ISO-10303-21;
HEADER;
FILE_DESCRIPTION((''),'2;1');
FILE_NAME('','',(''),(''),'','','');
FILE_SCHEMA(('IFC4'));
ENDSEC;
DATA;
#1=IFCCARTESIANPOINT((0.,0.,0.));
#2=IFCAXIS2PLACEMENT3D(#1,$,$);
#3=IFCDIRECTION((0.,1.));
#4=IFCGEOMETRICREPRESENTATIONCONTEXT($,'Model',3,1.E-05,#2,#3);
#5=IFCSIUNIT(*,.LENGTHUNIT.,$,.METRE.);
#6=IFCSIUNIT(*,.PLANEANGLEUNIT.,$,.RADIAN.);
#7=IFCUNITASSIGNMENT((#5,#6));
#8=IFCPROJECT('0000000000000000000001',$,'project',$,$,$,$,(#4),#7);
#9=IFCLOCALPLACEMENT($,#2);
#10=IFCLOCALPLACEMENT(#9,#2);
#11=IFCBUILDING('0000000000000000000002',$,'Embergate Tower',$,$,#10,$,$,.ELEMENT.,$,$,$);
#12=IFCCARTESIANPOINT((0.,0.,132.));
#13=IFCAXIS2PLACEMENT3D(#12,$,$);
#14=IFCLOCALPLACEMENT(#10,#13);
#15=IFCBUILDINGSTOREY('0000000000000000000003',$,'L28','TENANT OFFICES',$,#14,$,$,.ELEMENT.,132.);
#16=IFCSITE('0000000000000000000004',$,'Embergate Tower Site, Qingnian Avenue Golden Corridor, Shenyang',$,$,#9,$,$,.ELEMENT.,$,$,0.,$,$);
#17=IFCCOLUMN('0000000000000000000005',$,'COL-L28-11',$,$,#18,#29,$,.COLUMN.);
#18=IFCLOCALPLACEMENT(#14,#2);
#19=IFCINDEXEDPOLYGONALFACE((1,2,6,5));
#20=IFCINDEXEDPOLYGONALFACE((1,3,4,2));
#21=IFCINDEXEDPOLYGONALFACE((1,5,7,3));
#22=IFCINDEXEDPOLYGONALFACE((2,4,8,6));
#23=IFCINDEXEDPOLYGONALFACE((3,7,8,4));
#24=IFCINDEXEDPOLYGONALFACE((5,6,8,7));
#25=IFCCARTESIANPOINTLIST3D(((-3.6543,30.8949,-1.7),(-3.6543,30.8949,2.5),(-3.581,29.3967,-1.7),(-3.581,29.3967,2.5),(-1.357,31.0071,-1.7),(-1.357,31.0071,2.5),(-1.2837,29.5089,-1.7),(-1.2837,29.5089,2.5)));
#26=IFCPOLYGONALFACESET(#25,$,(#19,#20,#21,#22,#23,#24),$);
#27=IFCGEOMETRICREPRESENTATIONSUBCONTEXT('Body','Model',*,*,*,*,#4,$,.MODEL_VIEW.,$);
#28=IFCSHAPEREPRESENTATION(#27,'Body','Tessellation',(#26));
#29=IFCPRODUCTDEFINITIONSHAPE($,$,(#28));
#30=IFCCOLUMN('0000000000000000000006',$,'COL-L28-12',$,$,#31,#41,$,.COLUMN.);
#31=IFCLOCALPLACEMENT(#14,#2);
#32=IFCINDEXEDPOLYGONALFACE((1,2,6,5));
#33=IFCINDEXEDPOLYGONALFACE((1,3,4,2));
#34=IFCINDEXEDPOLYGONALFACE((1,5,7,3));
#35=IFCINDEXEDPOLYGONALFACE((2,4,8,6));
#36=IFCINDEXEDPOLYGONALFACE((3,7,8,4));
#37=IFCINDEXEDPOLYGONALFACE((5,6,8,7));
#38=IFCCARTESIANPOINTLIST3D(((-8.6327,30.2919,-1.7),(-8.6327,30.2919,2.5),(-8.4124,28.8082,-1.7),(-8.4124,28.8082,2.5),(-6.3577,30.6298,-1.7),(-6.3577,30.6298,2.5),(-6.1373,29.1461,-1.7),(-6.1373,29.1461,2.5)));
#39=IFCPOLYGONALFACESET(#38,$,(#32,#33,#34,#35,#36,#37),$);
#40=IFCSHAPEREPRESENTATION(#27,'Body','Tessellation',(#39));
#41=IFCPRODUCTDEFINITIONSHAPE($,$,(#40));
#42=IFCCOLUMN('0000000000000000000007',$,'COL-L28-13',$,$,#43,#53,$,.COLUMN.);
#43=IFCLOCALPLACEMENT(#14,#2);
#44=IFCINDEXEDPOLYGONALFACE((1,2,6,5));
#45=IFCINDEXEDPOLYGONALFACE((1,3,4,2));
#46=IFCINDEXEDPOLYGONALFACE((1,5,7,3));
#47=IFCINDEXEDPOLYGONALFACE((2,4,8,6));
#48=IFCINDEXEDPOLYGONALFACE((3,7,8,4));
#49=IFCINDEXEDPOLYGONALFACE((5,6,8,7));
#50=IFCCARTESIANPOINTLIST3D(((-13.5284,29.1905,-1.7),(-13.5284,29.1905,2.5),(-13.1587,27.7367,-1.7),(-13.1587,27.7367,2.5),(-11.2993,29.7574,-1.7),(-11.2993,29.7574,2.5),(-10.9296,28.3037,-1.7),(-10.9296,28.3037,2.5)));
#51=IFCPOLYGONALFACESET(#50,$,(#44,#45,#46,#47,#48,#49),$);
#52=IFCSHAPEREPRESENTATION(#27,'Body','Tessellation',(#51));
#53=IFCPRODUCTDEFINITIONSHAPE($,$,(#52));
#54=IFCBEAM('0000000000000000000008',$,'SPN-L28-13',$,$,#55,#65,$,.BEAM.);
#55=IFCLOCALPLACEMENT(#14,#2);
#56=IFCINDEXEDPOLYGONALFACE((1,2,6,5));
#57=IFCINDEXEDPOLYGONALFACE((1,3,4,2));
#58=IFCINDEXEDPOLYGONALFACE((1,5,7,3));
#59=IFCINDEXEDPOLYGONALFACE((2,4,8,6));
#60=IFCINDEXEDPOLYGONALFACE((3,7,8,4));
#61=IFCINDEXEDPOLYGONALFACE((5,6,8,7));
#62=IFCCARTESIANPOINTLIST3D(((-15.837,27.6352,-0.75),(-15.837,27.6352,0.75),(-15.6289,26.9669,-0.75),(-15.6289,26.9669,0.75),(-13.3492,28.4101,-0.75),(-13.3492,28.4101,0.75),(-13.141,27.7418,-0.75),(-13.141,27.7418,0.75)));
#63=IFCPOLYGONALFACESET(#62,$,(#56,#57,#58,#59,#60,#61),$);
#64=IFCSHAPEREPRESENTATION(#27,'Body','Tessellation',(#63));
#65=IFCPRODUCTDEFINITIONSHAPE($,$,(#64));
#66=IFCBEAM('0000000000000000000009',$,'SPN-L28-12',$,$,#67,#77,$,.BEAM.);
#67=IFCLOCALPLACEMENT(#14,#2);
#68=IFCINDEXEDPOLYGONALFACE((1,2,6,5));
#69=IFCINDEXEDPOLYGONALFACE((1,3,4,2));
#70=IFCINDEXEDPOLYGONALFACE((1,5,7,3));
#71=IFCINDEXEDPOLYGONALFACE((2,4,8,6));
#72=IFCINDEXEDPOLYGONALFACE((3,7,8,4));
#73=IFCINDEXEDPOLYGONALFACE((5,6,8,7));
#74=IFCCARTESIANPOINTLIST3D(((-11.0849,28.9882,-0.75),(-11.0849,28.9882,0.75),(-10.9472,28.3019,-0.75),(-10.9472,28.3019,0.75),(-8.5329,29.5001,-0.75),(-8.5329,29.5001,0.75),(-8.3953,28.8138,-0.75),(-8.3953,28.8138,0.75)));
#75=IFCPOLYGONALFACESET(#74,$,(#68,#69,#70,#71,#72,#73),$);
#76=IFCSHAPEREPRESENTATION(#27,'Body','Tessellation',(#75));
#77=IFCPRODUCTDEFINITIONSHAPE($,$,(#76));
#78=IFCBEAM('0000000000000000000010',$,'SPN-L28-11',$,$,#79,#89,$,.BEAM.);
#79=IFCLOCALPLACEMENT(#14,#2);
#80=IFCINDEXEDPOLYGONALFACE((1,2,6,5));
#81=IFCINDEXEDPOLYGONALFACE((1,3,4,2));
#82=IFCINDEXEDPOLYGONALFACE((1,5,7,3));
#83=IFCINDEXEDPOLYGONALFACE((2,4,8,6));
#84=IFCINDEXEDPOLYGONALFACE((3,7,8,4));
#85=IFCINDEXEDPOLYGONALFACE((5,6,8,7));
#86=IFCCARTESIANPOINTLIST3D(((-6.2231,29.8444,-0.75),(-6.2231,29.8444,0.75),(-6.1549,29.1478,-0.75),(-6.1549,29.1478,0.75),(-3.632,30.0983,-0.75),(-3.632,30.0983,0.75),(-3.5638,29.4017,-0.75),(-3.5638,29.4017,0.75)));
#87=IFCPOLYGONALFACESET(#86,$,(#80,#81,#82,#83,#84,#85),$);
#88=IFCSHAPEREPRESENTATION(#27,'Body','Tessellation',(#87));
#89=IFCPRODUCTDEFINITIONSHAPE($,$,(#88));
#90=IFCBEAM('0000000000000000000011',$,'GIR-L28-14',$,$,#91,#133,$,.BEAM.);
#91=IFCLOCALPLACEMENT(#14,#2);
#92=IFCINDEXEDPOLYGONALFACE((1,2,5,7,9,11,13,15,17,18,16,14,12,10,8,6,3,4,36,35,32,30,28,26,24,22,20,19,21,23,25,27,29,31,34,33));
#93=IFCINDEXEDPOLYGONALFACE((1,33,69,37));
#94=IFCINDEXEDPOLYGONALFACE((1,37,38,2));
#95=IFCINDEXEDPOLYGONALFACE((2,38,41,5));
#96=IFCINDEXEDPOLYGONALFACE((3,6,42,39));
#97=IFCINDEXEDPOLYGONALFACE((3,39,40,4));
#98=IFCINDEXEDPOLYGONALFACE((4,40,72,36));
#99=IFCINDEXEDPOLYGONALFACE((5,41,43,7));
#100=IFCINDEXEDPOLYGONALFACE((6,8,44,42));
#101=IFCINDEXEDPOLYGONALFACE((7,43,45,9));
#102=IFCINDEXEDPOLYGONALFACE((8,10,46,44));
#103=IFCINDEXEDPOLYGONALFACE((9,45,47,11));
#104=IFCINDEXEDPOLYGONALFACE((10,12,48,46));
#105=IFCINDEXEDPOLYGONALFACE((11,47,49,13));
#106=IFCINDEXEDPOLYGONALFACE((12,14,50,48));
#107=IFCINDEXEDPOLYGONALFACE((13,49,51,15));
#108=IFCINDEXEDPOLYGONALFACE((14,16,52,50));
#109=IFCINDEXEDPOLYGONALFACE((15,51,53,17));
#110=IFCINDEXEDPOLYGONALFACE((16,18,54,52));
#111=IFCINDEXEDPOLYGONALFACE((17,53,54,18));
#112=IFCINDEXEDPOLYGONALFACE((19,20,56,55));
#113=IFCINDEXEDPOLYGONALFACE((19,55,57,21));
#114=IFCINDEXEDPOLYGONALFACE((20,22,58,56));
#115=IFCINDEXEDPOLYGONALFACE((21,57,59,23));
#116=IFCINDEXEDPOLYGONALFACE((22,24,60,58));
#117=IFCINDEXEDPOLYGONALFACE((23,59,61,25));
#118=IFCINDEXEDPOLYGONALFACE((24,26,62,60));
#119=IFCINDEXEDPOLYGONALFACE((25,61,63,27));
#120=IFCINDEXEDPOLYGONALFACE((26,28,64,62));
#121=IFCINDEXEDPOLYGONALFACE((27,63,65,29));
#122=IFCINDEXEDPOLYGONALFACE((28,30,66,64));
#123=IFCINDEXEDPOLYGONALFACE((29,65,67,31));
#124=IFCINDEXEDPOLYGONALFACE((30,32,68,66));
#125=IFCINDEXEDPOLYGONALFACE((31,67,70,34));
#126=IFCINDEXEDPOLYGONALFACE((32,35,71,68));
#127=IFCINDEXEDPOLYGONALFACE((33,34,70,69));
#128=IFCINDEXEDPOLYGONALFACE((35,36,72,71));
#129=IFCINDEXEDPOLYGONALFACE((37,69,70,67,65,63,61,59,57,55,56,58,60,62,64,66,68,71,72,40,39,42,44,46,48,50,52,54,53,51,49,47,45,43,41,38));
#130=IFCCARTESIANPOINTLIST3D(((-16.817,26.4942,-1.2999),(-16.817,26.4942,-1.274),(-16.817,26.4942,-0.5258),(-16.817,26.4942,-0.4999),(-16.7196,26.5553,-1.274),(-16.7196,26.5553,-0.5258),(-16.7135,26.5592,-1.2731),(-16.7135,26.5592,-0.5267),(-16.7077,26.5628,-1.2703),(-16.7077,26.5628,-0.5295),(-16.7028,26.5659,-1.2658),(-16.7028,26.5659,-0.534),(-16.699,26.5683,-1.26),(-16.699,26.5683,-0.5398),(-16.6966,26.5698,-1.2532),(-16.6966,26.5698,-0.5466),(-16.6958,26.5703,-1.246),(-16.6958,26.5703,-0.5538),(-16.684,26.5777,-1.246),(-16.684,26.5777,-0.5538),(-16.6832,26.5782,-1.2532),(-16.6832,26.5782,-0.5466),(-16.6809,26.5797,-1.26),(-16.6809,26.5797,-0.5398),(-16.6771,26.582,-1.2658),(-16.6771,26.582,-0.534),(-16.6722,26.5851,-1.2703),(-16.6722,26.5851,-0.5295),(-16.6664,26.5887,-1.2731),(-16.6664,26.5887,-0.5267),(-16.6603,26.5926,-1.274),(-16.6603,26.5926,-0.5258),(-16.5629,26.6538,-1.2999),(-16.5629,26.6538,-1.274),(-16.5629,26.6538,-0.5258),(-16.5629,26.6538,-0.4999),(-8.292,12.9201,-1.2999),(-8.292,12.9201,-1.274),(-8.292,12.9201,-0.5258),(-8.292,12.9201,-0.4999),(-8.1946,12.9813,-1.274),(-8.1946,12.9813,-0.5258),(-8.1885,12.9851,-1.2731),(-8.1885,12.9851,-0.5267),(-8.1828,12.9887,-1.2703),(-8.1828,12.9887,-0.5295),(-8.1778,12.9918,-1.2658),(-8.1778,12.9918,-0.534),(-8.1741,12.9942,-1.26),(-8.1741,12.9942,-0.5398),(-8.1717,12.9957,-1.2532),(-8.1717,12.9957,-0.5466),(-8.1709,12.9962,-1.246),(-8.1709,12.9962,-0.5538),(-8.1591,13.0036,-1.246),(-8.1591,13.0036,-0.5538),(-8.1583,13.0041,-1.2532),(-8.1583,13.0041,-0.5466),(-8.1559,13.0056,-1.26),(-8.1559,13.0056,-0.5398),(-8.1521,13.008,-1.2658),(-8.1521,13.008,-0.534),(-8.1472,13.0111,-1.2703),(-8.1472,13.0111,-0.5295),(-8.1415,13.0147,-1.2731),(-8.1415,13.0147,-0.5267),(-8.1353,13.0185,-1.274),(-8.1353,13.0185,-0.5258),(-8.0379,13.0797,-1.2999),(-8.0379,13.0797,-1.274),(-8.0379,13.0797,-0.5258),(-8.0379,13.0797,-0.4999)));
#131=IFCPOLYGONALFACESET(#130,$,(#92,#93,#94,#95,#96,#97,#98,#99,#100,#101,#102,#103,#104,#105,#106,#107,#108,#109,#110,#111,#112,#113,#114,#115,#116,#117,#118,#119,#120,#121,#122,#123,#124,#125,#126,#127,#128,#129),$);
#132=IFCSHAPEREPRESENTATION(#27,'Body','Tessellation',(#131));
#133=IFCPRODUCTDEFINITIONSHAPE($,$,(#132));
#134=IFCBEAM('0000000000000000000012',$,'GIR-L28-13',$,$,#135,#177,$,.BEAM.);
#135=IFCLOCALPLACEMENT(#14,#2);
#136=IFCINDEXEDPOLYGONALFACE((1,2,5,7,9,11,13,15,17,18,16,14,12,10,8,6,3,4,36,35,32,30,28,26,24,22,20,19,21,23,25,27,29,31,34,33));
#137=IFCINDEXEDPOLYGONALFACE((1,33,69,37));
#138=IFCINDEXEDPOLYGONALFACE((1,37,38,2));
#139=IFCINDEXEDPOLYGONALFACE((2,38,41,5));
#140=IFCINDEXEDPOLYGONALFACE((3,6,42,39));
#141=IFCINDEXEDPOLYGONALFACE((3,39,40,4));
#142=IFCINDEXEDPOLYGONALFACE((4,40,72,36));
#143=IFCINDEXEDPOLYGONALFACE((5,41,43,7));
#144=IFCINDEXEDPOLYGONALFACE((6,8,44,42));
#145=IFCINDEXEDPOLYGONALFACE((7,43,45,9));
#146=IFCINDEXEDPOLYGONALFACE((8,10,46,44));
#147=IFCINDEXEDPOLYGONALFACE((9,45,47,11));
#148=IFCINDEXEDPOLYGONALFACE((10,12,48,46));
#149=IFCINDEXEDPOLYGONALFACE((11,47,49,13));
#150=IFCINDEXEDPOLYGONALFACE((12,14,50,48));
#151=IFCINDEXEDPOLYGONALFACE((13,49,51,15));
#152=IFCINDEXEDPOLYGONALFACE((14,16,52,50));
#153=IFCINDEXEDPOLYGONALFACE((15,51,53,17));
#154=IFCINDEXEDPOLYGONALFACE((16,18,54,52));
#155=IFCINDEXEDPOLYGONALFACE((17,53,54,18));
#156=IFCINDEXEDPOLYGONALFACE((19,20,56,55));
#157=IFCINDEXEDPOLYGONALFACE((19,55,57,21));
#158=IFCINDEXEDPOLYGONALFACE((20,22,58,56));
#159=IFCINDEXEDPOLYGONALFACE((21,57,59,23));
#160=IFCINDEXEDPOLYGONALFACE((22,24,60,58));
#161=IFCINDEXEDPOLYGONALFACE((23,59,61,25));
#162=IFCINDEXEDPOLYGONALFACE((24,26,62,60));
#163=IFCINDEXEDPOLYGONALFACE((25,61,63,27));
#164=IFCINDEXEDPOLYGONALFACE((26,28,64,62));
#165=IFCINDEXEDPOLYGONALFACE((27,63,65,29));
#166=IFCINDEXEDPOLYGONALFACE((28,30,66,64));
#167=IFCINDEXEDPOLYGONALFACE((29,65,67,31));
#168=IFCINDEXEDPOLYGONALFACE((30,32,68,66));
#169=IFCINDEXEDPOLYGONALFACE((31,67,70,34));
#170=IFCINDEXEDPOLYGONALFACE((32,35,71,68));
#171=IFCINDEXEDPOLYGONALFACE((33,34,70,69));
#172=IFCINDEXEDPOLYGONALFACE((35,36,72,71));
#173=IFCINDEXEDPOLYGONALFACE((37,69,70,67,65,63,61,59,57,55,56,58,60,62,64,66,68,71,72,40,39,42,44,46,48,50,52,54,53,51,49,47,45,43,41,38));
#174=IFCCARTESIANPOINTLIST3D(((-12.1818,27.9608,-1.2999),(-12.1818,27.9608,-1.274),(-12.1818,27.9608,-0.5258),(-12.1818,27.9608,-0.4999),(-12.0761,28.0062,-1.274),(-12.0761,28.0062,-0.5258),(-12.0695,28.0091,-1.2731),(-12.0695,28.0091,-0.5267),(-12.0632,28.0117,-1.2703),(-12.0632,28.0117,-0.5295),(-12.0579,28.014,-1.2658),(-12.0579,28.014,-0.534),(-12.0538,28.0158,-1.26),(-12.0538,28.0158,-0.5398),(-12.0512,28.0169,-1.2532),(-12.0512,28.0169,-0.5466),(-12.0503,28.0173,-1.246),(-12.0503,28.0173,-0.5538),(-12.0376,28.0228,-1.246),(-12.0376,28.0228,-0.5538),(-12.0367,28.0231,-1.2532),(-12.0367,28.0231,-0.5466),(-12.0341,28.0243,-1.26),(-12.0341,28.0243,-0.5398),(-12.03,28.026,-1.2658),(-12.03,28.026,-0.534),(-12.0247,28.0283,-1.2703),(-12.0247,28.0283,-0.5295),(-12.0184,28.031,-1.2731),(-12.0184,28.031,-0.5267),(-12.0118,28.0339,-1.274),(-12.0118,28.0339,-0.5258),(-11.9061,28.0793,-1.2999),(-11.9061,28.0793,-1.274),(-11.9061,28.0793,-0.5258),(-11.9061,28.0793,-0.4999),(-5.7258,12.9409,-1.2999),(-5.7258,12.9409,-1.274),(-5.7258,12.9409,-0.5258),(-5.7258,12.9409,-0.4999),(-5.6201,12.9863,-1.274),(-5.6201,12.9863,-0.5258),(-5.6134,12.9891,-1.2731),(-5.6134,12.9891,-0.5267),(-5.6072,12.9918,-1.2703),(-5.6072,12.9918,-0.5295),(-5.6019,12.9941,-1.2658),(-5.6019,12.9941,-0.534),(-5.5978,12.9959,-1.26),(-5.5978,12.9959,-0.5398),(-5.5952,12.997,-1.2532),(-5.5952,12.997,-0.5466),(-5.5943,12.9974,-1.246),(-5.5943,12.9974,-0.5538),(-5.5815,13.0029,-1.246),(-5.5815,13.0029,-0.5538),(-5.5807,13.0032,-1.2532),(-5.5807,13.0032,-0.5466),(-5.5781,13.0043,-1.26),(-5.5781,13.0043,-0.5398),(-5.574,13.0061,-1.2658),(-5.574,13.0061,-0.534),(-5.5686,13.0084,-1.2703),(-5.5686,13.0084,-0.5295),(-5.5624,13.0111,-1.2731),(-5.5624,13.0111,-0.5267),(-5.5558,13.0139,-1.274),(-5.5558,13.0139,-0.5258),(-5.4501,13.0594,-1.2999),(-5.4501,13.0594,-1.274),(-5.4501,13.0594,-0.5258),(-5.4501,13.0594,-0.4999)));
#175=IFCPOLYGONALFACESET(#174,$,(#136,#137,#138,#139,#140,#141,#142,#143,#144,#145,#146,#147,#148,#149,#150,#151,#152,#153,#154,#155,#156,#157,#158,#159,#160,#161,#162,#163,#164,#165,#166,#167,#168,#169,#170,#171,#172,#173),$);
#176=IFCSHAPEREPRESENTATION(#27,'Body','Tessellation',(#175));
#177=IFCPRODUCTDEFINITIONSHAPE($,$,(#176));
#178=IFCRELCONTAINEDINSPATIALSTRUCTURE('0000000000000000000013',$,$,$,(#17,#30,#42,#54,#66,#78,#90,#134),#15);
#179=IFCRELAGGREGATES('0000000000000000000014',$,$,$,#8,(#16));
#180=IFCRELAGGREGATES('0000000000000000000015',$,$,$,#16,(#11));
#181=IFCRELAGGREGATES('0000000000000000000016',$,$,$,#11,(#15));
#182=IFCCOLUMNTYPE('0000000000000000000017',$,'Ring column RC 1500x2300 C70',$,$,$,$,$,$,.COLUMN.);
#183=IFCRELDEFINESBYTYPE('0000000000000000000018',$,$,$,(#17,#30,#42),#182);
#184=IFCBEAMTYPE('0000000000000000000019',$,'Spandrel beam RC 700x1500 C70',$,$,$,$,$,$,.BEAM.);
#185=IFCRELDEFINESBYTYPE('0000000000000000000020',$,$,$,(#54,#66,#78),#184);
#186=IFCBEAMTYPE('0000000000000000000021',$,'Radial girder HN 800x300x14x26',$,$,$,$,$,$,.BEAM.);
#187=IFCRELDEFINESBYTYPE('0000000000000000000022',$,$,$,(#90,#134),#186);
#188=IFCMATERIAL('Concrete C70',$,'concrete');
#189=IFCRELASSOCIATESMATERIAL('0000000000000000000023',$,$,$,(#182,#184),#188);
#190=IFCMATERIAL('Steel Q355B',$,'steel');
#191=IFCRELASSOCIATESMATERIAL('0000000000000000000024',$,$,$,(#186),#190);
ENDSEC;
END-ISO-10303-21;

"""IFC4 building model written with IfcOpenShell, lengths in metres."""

from ifc_helpers import new_model, si_unit, direction, frame, origin, origin_2d, place, context, subcontext, project, spatial, rectangle, i_section, extrude, source, transform, mapped, material, material_profile, profile_set, type_object, element, save


model = new_model("IFC4")

# Units and contexts
model_context = context("Model", 3, precision=1e-05, world=origin(), true_north=direction((0.0, 1.0)))
body_context = subcontext(model_context, "Body", "Model", "MODEL_VIEW")
ifc_project = project(units=[si_unit("LENGTHUNIT", "METRE"), si_unit("PLANEANGLEUNIT", "RADIAN")], contexts=[model_context])

# Site, building, storey
site_placement = place(None, origin())
site = spatial("IfcSite", under=ifc_project, at=site_placement, Name="Embergate Tower Site, Qingnian Avenue Golden Corridor, Shenyang", CompositionType="ELEMENT", RefElevation=0.0)
building_placement = place(site_placement, origin())
building = spatial("IfcBuilding", under=site, at=building_placement, Name="Embergate Tower", CompositionType="ELEMENT")
storey_placement = place(building_placement, frame((0.0, 0.0, 132.0)))
storey = spatial("IfcBuildingStorey", under=building, at=storey_placement, Name="L28", Description="TENANT OFFICES", CompositionType="ELEMENT", Elevation=132.0)

# Columns
ifc_material_1 = material(Name="Concrete C70", Category="concrete")
ifc_material_profile_1 = material_profile(ifc_material_1, rectangle(XDim=1.5, YDim=2.3, at=origin_2d()), Name="RC 1500x2300")
ifc_profile_set_1 = profile_set([ifc_material_profile_1], Name="Concrete C70")
column_type = type_object("IfcColumnType", Name="Ring column RC 1500x2300 C70", PredefinedType="COLUMN", material=ifc_profile_set_1)
shared_shape_1 = source(origin(), body_context, "Body", "SweptSolid", [
    extrude(rectangle(XDim=1.5, YDim=2.3, at=origin_2d()), origin(), (0.0, 0.0, 1.0), 4.2),
])
for number, where, z_axis, x_axis, name in (
    (1, (-2.469, 30.2019, -1.7), (0.0, 0.0, 1.0), (-0.048815, 0.998808, 0.0), "COL-L28-11"),
    (2, (-7.385, 29.719, -1.7), (0.0, 0.0, 1.0), (-0.146929, 0.989147, 0.0), "COL-L28-12"),
    (3, (-12.229, 28.7471, -1.7), (0.0, 0.0, 1.0), (-0.246492, 0.969145, 0.0), "COL-L28-13"),
):
    element("IfcColumn", number, at=place(storey_placement, frame(where, z_axis=z_axis, x_axis=x_axis)), inside=storey, type_object=column_type, Name=name, PredefinedType="COLUMN", context=body_context, shape_type="MappedRepresentation", body=[
        mapped(shared_shape_1, transform((0.0, 0.0, 0.0))),
    ])

# Beams
ifc_material_profile_2 = material_profile(ifc_material_1, rectangle(XDim=0.7, YDim=1.5, at=origin_2d()), Name="RC 700x1500")
ifc_profile_set_2 = profile_set([ifc_material_profile_2], Name="Concrete C70")
beam_type_1 = type_object("IfcBeamType", Name="Spandrel beam RC 700x1500 C70", PredefinedType="BEAM", material=ifc_profile_set_2)
shared_shape_2 = source(origin(), body_context, "Body", "SweptSolid", [
    extrude(rectangle(XDim=0.7, YDim=1.5, at=origin_2d()), origin(), (0.0, 0.0, 1.0), 2.6057),
])
beam_1_placement = place(storey_placement, frame((-13.2451, 28.0759, 0.0), z_axis=(-0.954756, -0.297389, 0.0), x_axis=(0.297389, -0.954756, 0.0)))
element("IfcBeam", 4, at=beam_1_placement, inside=storey, type_object=beam_type_1, Name="SPN-L28-13", PredefinedType="BEAM", context=body_context, shape_type="MappedRepresentation", body=[
    mapped(shared_shape_2, transform((0.0, 0.0, 0.0))),
])
shared_shape_3 = source(origin(), body_context, "Body", "SweptSolid", [
    extrude(rectangle(XDim=0.7, YDim=1.5, at=origin_2d()), origin(), (0.0, 0.0, 1.0), 2.6028),
])
beam_2_placement = place(storey_placement, frame((-8.4641, 29.157, 0.0), z_axis=(-0.980465, -0.196693, 0.0), x_axis=(0.196693, -0.980465, 0.0)))
element("IfcBeam", 5, at=beam_2_placement, inside=storey, type_object=beam_type_1, Name="SPN-L28-12", PredefinedType="BEAM", context=body_context, shape_type="MappedRepresentation", body=[
    mapped(shared_shape_3, transform((0.0, 0.0, 0.0))),
])
shared_shape_4 = source(origin(), body_context, "Body", "SweptSolid", [
    extrude(rectangle(XDim=0.7, YDim=1.5, at=origin_2d()), origin(), (0.0, 0.0, 1.0), 2.6035),
])
beam_3_placement = place(storey_placement, frame((-3.5979, 29.75, 0.0), z_axis=(-0.995233, -0.097526, 0.0), x_axis=(0.097526, -0.995233, 0.0)))
element("IfcBeam", 6, at=beam_3_placement, inside=storey, type_object=beam_type_1, Name="SPN-L28-11", PredefinedType="BEAM", context=body_context, shape_type="MappedRepresentation", body=[
    mapped(shared_shape_4, transform((0.0, 0.0, 0.0))),
])
ifc_material_2 = material(Name="Steel Q355B", Category="steel")
ifc_material_profile_3 = material_profile(ifc_material_2, i_section(OverallWidth=0.3, OverallDepth=0.8, WebThickness=0.0139, FlangeThickness=0.0259, FilletRadius=0.0281, at=origin_2d()), Name="HN 800x300x14x26")
ifc_profile_set_3 = profile_set([ifc_material_profile_3], Name="Steel Q355 grade B")
beam_type_2 = type_object("IfcBeamType", Name="Radial girder HN 800x300x14x26", PredefinedType="BEAM", material=ifc_profile_set_3)
shared_shape_5 = source(origin(), body_context, "Body", "SweptSolid", [
    extrude(i_section(OverallWidth=0.3, OverallDepth=0.8, WebThickness=0.0139, FlangeThickness=0.0259, FilletRadius=0.0281, at=origin_2d()), origin(), (0.0, 0.0, 1.0), 16.0291),
])
beam_4_placement = place(storey_placement, frame((-16.6899, 26.574, -0.8999), z_axis=(0.531845, -0.846842, 0.0), x_axis=(0.846842, 0.531845, 0.0)))
element("IfcBeam", 7, at=beam_4_placement, inside=storey, type_object=beam_type_2, Name="GIR-L28-14", PredefinedType="BEAM", context=body_context, shape_type="MappedRepresentation", body=[
    mapped(shared_shape_5, transform((0.0, 0.0, 0.0))),
])
shared_shape_6 = source(origin(), body_context, "Body", "SweptSolid", [
    extrude(i_section(OverallWidth=0.3, OverallDepth=0.8, WebThickness=0.0139, FlangeThickness=0.0259, FilletRadius=0.0281, at=origin_2d()), origin(), (0.0, 0.0, 1.0), 16.3486),
])
beam_5_placement = place(storey_placement, frame((-12.0439, 28.02, -0.8999), z_axis=(0.394896, -0.918726, 0.0), x_axis=(0.918726, 0.394896, 0.0)))
element("IfcBeam", 8, at=beam_5_placement, inside=storey, type_object=beam_type_2, Name="GIR-L28-13", PredefinedType="BEAM", context=body_context, shape_type="MappedRepresentation", body=[
    mapped(shared_shape_6, transform((0.0, 0.0, 0.0))),
])

save(model, "model.ifc")
